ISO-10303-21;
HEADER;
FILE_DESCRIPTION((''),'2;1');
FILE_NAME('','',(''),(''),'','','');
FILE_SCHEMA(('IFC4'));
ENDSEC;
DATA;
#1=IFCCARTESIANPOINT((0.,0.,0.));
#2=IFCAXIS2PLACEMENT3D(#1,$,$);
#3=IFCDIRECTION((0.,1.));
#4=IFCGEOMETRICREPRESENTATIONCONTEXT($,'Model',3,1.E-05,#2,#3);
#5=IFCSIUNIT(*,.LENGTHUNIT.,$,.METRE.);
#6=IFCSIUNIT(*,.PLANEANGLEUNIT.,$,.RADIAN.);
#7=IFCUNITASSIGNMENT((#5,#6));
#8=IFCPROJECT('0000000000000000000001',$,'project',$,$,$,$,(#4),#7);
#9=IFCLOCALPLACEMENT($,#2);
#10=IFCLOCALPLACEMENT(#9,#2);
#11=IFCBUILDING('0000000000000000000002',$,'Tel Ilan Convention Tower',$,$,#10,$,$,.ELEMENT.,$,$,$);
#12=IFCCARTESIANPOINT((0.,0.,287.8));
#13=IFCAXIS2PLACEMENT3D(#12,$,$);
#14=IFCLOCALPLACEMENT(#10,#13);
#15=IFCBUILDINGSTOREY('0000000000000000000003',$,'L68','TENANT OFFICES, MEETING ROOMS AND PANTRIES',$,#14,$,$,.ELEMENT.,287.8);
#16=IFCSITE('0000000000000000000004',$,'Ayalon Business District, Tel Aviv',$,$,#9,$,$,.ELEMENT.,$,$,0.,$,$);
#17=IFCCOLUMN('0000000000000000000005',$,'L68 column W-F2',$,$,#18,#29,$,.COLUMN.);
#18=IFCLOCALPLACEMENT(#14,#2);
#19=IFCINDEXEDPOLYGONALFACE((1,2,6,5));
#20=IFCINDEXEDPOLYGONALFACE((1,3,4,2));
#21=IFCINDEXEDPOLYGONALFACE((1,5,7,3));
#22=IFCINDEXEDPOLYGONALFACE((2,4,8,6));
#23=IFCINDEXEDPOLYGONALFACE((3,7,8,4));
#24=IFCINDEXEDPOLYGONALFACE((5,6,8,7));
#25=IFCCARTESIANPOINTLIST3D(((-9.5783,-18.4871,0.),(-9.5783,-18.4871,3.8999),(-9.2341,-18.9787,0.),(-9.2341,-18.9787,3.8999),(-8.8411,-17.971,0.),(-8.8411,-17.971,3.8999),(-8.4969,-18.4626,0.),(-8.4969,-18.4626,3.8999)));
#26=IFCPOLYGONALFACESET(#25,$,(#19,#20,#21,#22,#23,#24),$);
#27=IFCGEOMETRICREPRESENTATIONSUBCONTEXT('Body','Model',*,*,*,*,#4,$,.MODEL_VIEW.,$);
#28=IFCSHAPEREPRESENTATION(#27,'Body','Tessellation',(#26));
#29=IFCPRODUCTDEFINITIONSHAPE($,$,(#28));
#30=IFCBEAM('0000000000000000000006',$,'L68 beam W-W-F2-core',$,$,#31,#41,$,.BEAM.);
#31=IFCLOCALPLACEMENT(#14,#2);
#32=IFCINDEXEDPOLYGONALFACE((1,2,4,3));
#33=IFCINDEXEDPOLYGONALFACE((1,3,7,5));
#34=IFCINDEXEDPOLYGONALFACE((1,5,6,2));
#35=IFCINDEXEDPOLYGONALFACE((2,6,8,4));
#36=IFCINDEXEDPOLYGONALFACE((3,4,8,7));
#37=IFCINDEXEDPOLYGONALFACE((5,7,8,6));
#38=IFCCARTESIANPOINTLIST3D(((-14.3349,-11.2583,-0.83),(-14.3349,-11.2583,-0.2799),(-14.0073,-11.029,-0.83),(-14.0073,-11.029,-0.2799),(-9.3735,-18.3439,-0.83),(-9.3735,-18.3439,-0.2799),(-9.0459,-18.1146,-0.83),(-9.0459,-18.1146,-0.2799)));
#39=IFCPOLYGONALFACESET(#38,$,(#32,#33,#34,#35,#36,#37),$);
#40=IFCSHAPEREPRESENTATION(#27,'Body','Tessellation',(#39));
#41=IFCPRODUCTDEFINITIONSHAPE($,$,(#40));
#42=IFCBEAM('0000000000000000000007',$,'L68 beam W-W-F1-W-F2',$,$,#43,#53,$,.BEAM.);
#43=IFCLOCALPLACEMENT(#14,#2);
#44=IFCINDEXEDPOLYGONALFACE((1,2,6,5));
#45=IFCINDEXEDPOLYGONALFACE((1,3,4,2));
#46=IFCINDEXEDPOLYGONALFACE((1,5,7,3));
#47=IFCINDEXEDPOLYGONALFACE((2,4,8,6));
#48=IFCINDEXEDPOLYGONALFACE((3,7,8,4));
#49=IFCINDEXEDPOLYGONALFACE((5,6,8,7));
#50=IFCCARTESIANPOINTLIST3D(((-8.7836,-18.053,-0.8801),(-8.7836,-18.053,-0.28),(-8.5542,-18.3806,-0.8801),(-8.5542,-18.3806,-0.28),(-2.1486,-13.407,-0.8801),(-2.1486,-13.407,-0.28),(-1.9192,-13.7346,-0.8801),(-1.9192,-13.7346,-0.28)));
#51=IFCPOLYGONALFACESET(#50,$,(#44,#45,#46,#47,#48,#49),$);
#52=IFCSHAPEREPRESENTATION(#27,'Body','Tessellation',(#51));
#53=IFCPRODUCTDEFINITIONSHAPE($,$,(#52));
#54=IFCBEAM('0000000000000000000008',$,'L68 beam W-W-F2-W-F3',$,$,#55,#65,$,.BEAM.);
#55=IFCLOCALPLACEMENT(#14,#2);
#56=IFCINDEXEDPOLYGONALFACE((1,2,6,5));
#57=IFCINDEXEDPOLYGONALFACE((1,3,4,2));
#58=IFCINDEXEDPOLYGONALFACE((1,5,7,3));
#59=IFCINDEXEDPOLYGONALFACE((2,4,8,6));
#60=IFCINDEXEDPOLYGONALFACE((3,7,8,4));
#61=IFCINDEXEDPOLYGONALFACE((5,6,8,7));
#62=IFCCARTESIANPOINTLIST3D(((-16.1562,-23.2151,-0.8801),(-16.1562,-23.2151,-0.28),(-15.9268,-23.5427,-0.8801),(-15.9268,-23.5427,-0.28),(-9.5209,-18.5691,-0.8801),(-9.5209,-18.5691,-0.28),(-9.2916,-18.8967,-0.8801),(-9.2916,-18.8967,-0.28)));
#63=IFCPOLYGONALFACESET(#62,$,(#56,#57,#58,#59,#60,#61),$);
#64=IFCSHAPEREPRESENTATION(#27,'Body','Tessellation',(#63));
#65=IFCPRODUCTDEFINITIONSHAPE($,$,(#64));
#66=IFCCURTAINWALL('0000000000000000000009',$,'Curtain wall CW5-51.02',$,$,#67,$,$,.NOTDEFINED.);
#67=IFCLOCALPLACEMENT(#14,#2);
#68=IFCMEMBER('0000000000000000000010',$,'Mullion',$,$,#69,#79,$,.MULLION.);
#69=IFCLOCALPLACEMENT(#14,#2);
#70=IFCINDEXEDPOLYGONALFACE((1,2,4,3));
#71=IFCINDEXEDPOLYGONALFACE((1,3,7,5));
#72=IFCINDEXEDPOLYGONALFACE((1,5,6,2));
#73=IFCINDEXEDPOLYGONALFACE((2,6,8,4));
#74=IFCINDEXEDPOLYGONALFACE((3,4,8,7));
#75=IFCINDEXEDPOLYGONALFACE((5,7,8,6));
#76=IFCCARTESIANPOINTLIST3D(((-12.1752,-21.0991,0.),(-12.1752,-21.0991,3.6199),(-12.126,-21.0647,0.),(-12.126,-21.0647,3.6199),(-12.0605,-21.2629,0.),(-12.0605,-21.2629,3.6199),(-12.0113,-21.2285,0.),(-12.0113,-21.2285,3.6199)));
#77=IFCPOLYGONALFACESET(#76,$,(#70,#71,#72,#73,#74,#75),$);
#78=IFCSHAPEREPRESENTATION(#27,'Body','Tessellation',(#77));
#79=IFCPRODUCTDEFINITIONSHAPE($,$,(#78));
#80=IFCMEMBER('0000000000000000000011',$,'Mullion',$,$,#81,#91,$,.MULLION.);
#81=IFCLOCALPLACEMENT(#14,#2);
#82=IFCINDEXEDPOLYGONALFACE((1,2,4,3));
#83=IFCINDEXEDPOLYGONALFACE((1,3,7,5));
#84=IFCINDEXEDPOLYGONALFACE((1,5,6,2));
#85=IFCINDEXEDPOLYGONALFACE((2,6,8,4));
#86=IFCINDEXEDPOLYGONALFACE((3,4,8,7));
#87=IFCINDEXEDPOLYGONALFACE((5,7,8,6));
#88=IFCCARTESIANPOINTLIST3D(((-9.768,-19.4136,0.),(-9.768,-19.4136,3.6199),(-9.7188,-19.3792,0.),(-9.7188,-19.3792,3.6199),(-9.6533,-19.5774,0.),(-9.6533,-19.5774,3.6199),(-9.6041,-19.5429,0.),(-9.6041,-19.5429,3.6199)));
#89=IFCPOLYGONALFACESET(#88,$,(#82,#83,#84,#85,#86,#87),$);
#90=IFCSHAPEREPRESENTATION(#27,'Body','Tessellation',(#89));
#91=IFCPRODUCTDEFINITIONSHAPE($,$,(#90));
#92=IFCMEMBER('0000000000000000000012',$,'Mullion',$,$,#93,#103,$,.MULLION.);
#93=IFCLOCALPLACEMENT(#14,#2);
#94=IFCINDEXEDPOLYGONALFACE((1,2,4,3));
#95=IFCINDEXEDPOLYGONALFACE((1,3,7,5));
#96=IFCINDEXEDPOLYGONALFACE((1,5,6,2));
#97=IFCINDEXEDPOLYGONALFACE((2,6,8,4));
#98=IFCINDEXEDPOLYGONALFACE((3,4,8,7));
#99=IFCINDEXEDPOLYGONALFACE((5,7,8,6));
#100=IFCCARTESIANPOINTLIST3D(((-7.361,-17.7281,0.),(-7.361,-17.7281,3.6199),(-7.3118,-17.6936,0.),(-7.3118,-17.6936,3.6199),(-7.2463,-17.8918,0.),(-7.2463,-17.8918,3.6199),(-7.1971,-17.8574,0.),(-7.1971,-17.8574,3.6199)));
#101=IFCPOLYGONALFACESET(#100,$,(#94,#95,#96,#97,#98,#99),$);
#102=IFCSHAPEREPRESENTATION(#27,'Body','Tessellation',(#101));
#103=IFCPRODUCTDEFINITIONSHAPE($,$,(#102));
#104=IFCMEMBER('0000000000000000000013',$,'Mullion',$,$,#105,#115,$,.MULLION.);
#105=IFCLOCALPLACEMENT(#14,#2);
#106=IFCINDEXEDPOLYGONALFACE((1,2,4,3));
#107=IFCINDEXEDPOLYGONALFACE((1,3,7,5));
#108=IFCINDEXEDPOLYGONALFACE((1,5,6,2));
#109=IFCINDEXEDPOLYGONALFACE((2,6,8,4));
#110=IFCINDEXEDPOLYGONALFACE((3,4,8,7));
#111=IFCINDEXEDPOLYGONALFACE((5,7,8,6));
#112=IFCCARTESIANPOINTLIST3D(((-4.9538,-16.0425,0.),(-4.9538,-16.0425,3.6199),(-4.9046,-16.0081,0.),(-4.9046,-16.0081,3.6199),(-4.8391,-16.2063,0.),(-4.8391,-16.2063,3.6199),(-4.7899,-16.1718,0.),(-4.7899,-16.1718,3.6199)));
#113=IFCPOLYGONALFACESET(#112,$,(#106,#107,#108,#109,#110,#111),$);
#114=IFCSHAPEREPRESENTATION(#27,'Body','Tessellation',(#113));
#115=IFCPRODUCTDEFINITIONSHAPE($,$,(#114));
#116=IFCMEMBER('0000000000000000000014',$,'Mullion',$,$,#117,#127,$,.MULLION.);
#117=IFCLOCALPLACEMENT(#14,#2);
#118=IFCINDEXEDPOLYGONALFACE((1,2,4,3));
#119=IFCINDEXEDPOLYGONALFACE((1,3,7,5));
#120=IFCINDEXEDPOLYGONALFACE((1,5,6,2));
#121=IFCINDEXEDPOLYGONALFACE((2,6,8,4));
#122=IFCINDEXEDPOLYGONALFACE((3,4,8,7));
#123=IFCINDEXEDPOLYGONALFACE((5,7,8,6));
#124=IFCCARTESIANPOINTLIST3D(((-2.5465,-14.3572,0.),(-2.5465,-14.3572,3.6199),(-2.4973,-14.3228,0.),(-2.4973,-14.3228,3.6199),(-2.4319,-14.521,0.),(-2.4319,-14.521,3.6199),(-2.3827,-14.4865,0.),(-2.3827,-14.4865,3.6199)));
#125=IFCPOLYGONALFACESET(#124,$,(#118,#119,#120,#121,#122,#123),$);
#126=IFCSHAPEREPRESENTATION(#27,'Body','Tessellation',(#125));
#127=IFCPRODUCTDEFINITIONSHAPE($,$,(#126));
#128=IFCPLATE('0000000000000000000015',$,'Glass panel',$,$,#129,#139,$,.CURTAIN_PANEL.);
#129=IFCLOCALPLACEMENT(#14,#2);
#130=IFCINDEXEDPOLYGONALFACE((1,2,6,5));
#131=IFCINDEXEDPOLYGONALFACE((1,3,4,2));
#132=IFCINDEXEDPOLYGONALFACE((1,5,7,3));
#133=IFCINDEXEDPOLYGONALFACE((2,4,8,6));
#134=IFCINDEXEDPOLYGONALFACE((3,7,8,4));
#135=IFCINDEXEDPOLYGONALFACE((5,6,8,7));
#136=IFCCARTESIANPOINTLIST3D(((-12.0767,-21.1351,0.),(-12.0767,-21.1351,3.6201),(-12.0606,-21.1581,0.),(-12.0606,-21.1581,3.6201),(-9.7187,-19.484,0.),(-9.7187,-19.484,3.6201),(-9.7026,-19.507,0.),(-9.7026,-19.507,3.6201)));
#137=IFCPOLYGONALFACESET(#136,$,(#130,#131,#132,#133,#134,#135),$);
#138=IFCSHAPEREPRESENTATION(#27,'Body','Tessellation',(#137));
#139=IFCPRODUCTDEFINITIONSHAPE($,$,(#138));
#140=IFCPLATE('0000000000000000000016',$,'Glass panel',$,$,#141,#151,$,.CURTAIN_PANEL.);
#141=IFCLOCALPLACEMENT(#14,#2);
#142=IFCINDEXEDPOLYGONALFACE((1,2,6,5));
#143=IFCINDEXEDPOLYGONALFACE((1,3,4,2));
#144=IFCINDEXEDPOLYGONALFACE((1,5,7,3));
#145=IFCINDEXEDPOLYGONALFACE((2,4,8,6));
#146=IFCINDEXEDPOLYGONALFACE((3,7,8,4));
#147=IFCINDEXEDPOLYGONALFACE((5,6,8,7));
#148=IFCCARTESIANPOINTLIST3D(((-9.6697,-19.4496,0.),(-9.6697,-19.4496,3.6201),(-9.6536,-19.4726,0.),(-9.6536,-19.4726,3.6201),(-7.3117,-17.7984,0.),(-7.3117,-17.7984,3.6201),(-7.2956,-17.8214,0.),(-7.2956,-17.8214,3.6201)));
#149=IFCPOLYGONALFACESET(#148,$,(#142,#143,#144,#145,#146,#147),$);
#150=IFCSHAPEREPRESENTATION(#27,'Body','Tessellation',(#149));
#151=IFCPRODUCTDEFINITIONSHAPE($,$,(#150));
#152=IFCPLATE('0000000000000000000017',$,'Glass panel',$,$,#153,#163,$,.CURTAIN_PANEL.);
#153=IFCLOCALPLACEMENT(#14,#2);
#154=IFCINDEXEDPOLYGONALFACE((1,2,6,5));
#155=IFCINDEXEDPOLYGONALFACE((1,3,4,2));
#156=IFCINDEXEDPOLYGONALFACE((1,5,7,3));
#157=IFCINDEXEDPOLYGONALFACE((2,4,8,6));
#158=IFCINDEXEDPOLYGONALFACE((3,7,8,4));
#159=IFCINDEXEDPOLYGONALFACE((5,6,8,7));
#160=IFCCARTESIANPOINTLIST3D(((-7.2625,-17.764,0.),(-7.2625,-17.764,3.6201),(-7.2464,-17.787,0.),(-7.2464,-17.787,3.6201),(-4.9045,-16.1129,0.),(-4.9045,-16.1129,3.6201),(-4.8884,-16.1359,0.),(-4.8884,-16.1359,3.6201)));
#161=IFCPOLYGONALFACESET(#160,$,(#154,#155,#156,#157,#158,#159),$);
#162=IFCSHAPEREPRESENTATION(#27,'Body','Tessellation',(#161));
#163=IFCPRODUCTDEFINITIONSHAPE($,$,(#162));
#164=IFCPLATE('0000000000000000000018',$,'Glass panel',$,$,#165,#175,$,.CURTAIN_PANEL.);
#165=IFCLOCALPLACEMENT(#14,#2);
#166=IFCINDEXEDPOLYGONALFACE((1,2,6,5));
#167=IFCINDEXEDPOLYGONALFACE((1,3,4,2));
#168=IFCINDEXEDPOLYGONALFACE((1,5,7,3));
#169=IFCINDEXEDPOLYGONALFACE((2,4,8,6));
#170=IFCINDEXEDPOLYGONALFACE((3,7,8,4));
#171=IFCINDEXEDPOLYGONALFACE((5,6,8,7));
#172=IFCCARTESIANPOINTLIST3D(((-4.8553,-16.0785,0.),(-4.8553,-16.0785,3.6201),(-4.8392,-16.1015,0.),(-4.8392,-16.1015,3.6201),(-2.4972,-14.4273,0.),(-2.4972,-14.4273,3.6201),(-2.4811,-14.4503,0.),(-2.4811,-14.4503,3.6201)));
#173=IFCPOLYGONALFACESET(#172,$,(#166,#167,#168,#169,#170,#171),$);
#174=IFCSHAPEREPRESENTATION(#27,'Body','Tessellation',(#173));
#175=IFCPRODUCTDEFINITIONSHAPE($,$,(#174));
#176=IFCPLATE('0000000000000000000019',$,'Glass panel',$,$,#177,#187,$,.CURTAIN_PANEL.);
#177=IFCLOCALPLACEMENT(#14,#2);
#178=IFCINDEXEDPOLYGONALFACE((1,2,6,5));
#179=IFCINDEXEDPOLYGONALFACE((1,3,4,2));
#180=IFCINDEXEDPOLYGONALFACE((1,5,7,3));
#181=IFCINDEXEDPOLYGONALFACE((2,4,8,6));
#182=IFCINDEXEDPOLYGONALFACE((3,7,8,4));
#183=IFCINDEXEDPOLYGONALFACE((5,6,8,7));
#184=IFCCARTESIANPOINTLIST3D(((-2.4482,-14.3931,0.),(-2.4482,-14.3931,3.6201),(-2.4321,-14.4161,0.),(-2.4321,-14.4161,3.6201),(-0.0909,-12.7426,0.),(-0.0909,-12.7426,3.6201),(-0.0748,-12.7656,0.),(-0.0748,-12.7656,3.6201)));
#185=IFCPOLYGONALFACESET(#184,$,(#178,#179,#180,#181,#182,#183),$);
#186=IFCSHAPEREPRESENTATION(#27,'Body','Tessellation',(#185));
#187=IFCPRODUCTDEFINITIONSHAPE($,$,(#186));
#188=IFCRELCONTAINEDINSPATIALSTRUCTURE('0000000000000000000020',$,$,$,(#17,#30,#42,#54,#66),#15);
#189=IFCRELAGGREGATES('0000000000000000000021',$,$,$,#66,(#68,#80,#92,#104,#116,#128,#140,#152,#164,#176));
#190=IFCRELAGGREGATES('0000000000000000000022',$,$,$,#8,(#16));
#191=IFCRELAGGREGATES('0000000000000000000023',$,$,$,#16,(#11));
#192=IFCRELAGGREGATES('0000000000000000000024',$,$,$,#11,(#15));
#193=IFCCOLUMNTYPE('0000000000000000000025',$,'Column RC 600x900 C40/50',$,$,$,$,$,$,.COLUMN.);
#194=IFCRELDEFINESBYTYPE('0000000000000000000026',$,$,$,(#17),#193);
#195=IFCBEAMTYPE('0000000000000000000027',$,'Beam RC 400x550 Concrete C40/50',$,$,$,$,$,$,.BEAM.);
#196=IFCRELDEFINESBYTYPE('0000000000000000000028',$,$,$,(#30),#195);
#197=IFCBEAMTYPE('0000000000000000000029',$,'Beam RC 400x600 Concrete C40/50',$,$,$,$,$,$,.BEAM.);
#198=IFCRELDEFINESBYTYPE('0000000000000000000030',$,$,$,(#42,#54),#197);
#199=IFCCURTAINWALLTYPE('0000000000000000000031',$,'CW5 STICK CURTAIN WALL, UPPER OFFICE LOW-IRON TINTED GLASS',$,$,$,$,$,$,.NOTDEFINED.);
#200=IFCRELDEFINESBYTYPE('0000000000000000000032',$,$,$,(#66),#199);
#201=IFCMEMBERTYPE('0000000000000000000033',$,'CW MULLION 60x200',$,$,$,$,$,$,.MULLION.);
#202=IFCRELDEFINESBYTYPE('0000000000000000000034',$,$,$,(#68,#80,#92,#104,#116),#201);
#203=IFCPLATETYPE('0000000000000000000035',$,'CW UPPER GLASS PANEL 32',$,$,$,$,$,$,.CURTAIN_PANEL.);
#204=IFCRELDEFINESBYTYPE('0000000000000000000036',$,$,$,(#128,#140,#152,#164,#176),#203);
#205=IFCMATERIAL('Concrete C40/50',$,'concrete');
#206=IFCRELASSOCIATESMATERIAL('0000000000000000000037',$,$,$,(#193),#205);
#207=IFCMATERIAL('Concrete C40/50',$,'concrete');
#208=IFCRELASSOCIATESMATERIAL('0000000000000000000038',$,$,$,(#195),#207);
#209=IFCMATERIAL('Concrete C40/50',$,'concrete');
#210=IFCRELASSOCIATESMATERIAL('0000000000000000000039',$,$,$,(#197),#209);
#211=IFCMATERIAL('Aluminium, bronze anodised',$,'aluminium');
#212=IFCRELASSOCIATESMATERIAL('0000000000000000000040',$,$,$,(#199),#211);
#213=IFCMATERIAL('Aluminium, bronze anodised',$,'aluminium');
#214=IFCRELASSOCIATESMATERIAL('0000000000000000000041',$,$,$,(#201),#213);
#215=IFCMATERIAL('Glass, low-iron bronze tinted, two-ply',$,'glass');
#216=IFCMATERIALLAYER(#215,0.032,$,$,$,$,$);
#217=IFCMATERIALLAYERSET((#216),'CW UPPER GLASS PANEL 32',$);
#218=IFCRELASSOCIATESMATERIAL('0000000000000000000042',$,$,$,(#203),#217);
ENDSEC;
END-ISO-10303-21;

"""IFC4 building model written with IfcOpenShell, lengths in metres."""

from ifc_helpers import new_model, si_unit, direction, frame, origin, origin_2d, place, context, subcontext, project, spatial, rectangle, extrude, material, layer, layer_set, material_profile, profile_set, type_object, element, aggregate, save


model = new_model("IFC4")

# Units and contexts
model_context = context("Model", 3, precision=1e-05, world=origin(), true_north=direction((0.0, 1.0)))
body_context = subcontext(model_context, "Body", "Model", "MODEL_VIEW")
ifc_project = project(units=[si_unit("LENGTHUNIT", "METRE"), si_unit("PLANEANGLEUNIT", "RADIAN")], contexts=[model_context])

# Site, building, storey
site_placement = place(None, origin())
site = spatial("IfcSite", under=ifc_project, at=site_placement, Name="Ayalon Business District, Tel Aviv", CompositionType="ELEMENT", RefElevation=0.0)
building_placement = place(site_placement, origin())
building = spatial("IfcBuilding", under=site, at=building_placement, Name="Tel Ilan Convention Tower", CompositionType="ELEMENT")
storey_placement = place(building_placement, frame((0.0, 0.0, 287.8)))
storey = spatial("IfcBuildingStorey", under=building, at=storey_placement, Name="L68", Description="TENANT OFFICES, MEETING ROOMS AND PANTRIES", CompositionType="ELEMENT", Elevation=287.8)

# Column
ifc_material_1 = material(Name="Concrete C40/50", Category="concrete")
ifc_material_profile_1 = material_profile(ifc_material_1, rectangle(XDim=0.8999, YDim=0.6001, at=origin_2d()), Name="RC 600x900")
ifc_profile_set_1 = profile_set([ifc_material_profile_1], Name="Concrete C40/50")
column_type = type_object("IfcColumnType", Name="Column RC 600x900 C40/50", PredefinedType="COLUMN", material=ifc_profile_set_1)
column_placement = place(storey_placement, frame((-9.0376, -18.4749, 0.0), z_axis=(0.0, 0.0, 1.0), x_axis=(-0.819152, -0.573576, 0.0)))
element("IfcColumn", 1, at=column_placement, inside=storey, type_object=column_type, Name="L68 column W-F2", PredefinedType="COLUMN", context=body_context, shape_type="SweptSolid", body=[
    extrude(rectangle(XDim=0.8999, YDim=0.6001, at=origin_2d()), origin(), (0.0, 0.0, 1.0), 3.8999),
])

# Beams
ifc_material_2 = material(Name="Concrete C40/50", Category="concrete")
ifc_material_profile_2 = material_profile(ifc_material_2, rectangle(XDim=0.3999, YDim=0.55, at=origin_2d()), Name="RC 400x550")
ifc_profile_set_2 = profile_set([ifc_material_profile_2], Name="Concrete C40/50")
beam_type_1 = type_object("IfcBeamType", Name="Beam RC 400x550 Concrete C40/50", PredefinedType="BEAM", material=ifc_profile_set_2)
beam_1_placement = place(storey_placement, frame((-9.2097, -18.2292, -0.5549), z_axis=(-0.573574, 0.819154, 0.0), x_axis=(-0.819154, -0.573574, 0.0)))
element("IfcBeam", 2, at=beam_1_placement, inside=storey, type_object=beam_type_1, Name="L68 beam W-W-F2-core", PredefinedType="BEAM", context=body_context, shape_type="SweptSolid", body=[
    extrude(rectangle(XDim=0.3999, YDim=0.55, at=origin_2d()), origin(), (0.0, 0.0, 1.0), 8.6499),
])
ifc_material_3 = material(Name="Concrete C40/50", Category="concrete")
ifc_material_profile_3 = material_profile(ifc_material_3, rectangle(XDim=0.3999, YDim=0.6001, at=origin_2d()), Name="RC 400x600")
ifc_profile_set_3 = profile_set([ifc_material_profile_3], Name="Concrete C40/50")
beam_type_2 = type_object("IfcBeamType", Name="Beam RC 400x600 Concrete C40/50", PredefinedType="BEAM", material=ifc_profile_set_3)
beam_2_placement = place(storey_placement, frame((-2.0339, -13.5708, -0.5801), z_axis=(-0.819146, -0.573586, 0.0), x_axis=(0.573586, -0.819146, 0.0)))
element("IfcBeam", 3, at=beam_2_placement, inside=storey, type_object=beam_type_2, Name="L68 beam W-W-F1-W-F2", PredefinedType="BEAM", context=body_context, shape_type="SweptSolid", body=[
    extrude(rectangle(XDim=0.3999, YDim=0.6001, at=origin_2d()), origin(), (0.0, 0.0, 1.0), 8.0999),
])
beam_3_placement = place(storey_placement, frame((-9.4062, -18.7329, -0.5801), z_axis=(-0.819155, -0.573572, 0.0), x_axis=(0.573572, -0.819155, 0.0)))
element("IfcBeam", 4, at=beam_3_placement, inside=storey, type_object=beam_type_2, Name="L68 beam W-W-F2-W-F3", PredefinedType="BEAM", context=body_context, shape_type="SweptSolid", body=[
    extrude(rectangle(XDim=0.3999, YDim=0.6001, at=origin_2d()), origin(), (0.0, 0.0, 1.0), 8.1001),
])

# Curtain wall, members, plates
ifc_material_4 = material(Name="Aluminium, bronze anodised", Category="aluminium")
curtain_wall_type = type_object("IfcCurtainWallType", Name="CW5 STICK CURTAIN WALL, UPPER OFFICE LOW-IRON TINTED GLASS", PredefinedType="NOTDEFINED", material=ifc_material_4)
curtain_wall_placement = place(storey_placement, origin())
curtain_wall = element("IfcCurtainWall", 5, at=curtain_wall_placement, inside=storey, type_object=curtain_wall_type, Name="Curtain wall CW5-51.02", PredefinedType="NOTDEFINED")
ifc_material_5 = material(Name="Aluminium, bronze anodised", Category="aluminium")
ifc_material_profile_4 = material_profile(ifc_material_5, rectangle(XDim=0.0601, YDim=0.2, at=origin_2d()), Name="CW MULLION 60x200")
ifc_profile_set_4 = profile_set([ifc_material_profile_4], Name="Aluminium, bronze anodised")
member_type = type_object("IfcMemberType", Name="CW MULLION 60x200", PredefinedType="MULLION", material=ifc_profile_set_4)
member_1_placement = place(storey_placement, frame((-12.0933, -21.1638, 0.0), z_axis=(0.0, 0.0, 1.0), x_axis=(0.819152, 0.573576, 0.0)))
member_1 = element("IfcMember", 6, at=member_1_placement, type_object=member_type, Name="Mullion", PredefinedType="MULLION", context=body_context, shape_type="SweptSolid", body=[
    extrude(rectangle(XDim=0.0601, YDim=0.2, at=origin_2d()), origin(), (0.0, 0.0, 1.0), 3.6199),
])
member_2_placement = place(storey_placement, frame((-9.686, -19.4783, 0.0), z_axis=(0.0, 0.0, 1.0), x_axis=(0.819152, 0.573576, 0.0)))
member_2 = element("IfcMember", 7, at=member_2_placement, type_object=member_type, Name="Mullion", PredefinedType="MULLION", context=body_context, shape_type="SweptSolid", body=[
    extrude(rectangle(XDim=0.0601, YDim=0.2, at=origin_2d()), origin(), (0.0, 0.0, 1.0), 3.6199),
])
member_3_placement = place(storey_placement, frame((-7.2791, -17.7927, 0.0), z_axis=(0.0, 0.0, 1.0), x_axis=(0.819152, 0.573576, 0.0)))
member_3 = element("IfcMember", 8, at=member_3_placement, type_object=member_type, Name="Mullion", PredefinedType="MULLION", context=body_context, shape_type="SweptSolid", body=[
    extrude(rectangle(XDim=0.0601, YDim=0.2, at=origin_2d()), origin(), (0.0, 0.0, 1.0), 3.6199),
])
member_4_placement = place(storey_placement, frame((-4.8718, -16.1072, 0.0), z_axis=(0.0, 0.0, 1.0), x_axis=(0.819152, 0.573576, 0.0)))
member_4 = element("IfcMember", 9, at=member_4_placement, type_object=member_type, Name="Mullion", PredefinedType="MULLION", context=body_context, shape_type="SweptSolid", body=[
    extrude(rectangle(XDim=0.0601, YDim=0.2, at=origin_2d()), origin(), (0.0, 0.0, 1.0), 3.6199),
])
member_5_placement = place(storey_placement, frame((-2.4646, -14.4219, 0.0), z_axis=(0.0, 0.0, 1.0), x_axis=(0.819152, 0.573576, 0.0)))
member_5 = element("IfcMember", 10, at=member_5_placement, type_object=member_type, Name="Mullion", PredefinedType="MULLION", context=body_context, shape_type="SweptSolid", body=[
    extrude(rectangle(XDim=0.0601, YDim=0.2, at=origin_2d()), origin(), (0.0, 0.0, 1.0), 3.6199),
])
ifc_material_6 = material(Name="Glass, low-iron bronze tinted, two-ply", Category="glass")
ifc_layer_1 = layer(ifc_material_6, 0.032)
ifc_layer_set_1 = layer_set([ifc_layer_1], Name="CW UPPER GLASS PANEL 32")
plate_type = type_object("IfcPlateType", Name="CW UPPER GLASS PANEL 32", PredefinedType="CURTAIN_PANEL", material=ifc_layer_set_1)
plate_1_placement = place(storey_placement, frame((-10.8896, -20.321, 0.0), z_axis=(0.0, 0.0, 1.0), x_axis=(0.819152, 0.573576, 0.0)))
plate_1 = element("IfcPlate", 11, at=plate_1_placement, type_object=plate_type, Name="Glass panel", PredefinedType="CURTAIN_PANEL", context=body_context, shape_type="SweptSolid", body=[
    extrude(rectangle(XDim=2.8787, YDim=0.0281, at=origin_2d()), origin(), (0.0, 0.0, 1.0), 3.6201),
])
plate_2_placement = place(storey_placement, frame((-8.4827, -18.6355, 0.0), z_axis=(0.0, 0.0, 1.0), x_axis=(0.819152, 0.573576, 0.0)))
plate_2 = element("IfcPlate", 12, at=plate_2_placement, type_object=plate_type, Name="Glass panel", PredefinedType="CURTAIN_PANEL", context=body_context, shape_type="SweptSolid", body=[
    extrude(rectangle(XDim=2.8787, YDim=0.0281, at=origin_2d()), origin(), (0.0, 0.0, 1.0), 3.6201),
])
plate_3_placement = place(storey_placement, frame((-6.0754, -16.95, 0.0), z_axis=(0.0, 0.0, 1.0), x_axis=(0.819152, 0.573576, 0.0)))
plate_3 = element("IfcPlate", 13, at=plate_3_placement, type_object=plate_type, Name="Glass panel", PredefinedType="CURTAIN_PANEL", context=body_context, shape_type="SweptSolid", body=[
    extrude(rectangle(XDim=2.8787, YDim=0.0281, at=origin_2d()), origin(), (0.0, 0.0, 1.0), 3.6201),
])
plate_4_placement = place(storey_placement, frame((-3.6682, -15.2644, 0.0), z_axis=(0.0, 0.0, 1.0), x_axis=(0.819152, 0.573576, 0.0)))
plate_4 = element("IfcPlate", 14, at=plate_4_placement, type_object=plate_type, Name="Glass panel", PredefinedType="CURTAIN_PANEL", context=body_context, shape_type="SweptSolid", body=[
    extrude(rectangle(XDim=2.8787, YDim=0.0281, at=origin_2d()), origin(), (0.0, 0.0, 1.0), 3.6201),
])
plate_5_placement = place(storey_placement, frame((-1.2615, -13.5793, 0.0), z_axis=(0.0, 0.0, 1.0), x_axis=(0.819152, 0.573576, 0.0)))
plate_5 = element("IfcPlate", 15, at=plate_5_placement, type_object=plate_type, Name="Glass panel", PredefinedType="CURTAIN_PANEL", context=body_context, shape_type="SweptSolid", body=[
    extrude(rectangle(XDim=2.8777, YDim=0.0281, at=origin_2d()), origin(), (0.0, 0.0, 1.0), 3.6201),
])
aggregate(curtain_wall, [member_1, member_2, member_3, member_4, member_5, plate_1, plate_2, plate_3, plate_4, plate_5])

save(model, "model.ifc")
